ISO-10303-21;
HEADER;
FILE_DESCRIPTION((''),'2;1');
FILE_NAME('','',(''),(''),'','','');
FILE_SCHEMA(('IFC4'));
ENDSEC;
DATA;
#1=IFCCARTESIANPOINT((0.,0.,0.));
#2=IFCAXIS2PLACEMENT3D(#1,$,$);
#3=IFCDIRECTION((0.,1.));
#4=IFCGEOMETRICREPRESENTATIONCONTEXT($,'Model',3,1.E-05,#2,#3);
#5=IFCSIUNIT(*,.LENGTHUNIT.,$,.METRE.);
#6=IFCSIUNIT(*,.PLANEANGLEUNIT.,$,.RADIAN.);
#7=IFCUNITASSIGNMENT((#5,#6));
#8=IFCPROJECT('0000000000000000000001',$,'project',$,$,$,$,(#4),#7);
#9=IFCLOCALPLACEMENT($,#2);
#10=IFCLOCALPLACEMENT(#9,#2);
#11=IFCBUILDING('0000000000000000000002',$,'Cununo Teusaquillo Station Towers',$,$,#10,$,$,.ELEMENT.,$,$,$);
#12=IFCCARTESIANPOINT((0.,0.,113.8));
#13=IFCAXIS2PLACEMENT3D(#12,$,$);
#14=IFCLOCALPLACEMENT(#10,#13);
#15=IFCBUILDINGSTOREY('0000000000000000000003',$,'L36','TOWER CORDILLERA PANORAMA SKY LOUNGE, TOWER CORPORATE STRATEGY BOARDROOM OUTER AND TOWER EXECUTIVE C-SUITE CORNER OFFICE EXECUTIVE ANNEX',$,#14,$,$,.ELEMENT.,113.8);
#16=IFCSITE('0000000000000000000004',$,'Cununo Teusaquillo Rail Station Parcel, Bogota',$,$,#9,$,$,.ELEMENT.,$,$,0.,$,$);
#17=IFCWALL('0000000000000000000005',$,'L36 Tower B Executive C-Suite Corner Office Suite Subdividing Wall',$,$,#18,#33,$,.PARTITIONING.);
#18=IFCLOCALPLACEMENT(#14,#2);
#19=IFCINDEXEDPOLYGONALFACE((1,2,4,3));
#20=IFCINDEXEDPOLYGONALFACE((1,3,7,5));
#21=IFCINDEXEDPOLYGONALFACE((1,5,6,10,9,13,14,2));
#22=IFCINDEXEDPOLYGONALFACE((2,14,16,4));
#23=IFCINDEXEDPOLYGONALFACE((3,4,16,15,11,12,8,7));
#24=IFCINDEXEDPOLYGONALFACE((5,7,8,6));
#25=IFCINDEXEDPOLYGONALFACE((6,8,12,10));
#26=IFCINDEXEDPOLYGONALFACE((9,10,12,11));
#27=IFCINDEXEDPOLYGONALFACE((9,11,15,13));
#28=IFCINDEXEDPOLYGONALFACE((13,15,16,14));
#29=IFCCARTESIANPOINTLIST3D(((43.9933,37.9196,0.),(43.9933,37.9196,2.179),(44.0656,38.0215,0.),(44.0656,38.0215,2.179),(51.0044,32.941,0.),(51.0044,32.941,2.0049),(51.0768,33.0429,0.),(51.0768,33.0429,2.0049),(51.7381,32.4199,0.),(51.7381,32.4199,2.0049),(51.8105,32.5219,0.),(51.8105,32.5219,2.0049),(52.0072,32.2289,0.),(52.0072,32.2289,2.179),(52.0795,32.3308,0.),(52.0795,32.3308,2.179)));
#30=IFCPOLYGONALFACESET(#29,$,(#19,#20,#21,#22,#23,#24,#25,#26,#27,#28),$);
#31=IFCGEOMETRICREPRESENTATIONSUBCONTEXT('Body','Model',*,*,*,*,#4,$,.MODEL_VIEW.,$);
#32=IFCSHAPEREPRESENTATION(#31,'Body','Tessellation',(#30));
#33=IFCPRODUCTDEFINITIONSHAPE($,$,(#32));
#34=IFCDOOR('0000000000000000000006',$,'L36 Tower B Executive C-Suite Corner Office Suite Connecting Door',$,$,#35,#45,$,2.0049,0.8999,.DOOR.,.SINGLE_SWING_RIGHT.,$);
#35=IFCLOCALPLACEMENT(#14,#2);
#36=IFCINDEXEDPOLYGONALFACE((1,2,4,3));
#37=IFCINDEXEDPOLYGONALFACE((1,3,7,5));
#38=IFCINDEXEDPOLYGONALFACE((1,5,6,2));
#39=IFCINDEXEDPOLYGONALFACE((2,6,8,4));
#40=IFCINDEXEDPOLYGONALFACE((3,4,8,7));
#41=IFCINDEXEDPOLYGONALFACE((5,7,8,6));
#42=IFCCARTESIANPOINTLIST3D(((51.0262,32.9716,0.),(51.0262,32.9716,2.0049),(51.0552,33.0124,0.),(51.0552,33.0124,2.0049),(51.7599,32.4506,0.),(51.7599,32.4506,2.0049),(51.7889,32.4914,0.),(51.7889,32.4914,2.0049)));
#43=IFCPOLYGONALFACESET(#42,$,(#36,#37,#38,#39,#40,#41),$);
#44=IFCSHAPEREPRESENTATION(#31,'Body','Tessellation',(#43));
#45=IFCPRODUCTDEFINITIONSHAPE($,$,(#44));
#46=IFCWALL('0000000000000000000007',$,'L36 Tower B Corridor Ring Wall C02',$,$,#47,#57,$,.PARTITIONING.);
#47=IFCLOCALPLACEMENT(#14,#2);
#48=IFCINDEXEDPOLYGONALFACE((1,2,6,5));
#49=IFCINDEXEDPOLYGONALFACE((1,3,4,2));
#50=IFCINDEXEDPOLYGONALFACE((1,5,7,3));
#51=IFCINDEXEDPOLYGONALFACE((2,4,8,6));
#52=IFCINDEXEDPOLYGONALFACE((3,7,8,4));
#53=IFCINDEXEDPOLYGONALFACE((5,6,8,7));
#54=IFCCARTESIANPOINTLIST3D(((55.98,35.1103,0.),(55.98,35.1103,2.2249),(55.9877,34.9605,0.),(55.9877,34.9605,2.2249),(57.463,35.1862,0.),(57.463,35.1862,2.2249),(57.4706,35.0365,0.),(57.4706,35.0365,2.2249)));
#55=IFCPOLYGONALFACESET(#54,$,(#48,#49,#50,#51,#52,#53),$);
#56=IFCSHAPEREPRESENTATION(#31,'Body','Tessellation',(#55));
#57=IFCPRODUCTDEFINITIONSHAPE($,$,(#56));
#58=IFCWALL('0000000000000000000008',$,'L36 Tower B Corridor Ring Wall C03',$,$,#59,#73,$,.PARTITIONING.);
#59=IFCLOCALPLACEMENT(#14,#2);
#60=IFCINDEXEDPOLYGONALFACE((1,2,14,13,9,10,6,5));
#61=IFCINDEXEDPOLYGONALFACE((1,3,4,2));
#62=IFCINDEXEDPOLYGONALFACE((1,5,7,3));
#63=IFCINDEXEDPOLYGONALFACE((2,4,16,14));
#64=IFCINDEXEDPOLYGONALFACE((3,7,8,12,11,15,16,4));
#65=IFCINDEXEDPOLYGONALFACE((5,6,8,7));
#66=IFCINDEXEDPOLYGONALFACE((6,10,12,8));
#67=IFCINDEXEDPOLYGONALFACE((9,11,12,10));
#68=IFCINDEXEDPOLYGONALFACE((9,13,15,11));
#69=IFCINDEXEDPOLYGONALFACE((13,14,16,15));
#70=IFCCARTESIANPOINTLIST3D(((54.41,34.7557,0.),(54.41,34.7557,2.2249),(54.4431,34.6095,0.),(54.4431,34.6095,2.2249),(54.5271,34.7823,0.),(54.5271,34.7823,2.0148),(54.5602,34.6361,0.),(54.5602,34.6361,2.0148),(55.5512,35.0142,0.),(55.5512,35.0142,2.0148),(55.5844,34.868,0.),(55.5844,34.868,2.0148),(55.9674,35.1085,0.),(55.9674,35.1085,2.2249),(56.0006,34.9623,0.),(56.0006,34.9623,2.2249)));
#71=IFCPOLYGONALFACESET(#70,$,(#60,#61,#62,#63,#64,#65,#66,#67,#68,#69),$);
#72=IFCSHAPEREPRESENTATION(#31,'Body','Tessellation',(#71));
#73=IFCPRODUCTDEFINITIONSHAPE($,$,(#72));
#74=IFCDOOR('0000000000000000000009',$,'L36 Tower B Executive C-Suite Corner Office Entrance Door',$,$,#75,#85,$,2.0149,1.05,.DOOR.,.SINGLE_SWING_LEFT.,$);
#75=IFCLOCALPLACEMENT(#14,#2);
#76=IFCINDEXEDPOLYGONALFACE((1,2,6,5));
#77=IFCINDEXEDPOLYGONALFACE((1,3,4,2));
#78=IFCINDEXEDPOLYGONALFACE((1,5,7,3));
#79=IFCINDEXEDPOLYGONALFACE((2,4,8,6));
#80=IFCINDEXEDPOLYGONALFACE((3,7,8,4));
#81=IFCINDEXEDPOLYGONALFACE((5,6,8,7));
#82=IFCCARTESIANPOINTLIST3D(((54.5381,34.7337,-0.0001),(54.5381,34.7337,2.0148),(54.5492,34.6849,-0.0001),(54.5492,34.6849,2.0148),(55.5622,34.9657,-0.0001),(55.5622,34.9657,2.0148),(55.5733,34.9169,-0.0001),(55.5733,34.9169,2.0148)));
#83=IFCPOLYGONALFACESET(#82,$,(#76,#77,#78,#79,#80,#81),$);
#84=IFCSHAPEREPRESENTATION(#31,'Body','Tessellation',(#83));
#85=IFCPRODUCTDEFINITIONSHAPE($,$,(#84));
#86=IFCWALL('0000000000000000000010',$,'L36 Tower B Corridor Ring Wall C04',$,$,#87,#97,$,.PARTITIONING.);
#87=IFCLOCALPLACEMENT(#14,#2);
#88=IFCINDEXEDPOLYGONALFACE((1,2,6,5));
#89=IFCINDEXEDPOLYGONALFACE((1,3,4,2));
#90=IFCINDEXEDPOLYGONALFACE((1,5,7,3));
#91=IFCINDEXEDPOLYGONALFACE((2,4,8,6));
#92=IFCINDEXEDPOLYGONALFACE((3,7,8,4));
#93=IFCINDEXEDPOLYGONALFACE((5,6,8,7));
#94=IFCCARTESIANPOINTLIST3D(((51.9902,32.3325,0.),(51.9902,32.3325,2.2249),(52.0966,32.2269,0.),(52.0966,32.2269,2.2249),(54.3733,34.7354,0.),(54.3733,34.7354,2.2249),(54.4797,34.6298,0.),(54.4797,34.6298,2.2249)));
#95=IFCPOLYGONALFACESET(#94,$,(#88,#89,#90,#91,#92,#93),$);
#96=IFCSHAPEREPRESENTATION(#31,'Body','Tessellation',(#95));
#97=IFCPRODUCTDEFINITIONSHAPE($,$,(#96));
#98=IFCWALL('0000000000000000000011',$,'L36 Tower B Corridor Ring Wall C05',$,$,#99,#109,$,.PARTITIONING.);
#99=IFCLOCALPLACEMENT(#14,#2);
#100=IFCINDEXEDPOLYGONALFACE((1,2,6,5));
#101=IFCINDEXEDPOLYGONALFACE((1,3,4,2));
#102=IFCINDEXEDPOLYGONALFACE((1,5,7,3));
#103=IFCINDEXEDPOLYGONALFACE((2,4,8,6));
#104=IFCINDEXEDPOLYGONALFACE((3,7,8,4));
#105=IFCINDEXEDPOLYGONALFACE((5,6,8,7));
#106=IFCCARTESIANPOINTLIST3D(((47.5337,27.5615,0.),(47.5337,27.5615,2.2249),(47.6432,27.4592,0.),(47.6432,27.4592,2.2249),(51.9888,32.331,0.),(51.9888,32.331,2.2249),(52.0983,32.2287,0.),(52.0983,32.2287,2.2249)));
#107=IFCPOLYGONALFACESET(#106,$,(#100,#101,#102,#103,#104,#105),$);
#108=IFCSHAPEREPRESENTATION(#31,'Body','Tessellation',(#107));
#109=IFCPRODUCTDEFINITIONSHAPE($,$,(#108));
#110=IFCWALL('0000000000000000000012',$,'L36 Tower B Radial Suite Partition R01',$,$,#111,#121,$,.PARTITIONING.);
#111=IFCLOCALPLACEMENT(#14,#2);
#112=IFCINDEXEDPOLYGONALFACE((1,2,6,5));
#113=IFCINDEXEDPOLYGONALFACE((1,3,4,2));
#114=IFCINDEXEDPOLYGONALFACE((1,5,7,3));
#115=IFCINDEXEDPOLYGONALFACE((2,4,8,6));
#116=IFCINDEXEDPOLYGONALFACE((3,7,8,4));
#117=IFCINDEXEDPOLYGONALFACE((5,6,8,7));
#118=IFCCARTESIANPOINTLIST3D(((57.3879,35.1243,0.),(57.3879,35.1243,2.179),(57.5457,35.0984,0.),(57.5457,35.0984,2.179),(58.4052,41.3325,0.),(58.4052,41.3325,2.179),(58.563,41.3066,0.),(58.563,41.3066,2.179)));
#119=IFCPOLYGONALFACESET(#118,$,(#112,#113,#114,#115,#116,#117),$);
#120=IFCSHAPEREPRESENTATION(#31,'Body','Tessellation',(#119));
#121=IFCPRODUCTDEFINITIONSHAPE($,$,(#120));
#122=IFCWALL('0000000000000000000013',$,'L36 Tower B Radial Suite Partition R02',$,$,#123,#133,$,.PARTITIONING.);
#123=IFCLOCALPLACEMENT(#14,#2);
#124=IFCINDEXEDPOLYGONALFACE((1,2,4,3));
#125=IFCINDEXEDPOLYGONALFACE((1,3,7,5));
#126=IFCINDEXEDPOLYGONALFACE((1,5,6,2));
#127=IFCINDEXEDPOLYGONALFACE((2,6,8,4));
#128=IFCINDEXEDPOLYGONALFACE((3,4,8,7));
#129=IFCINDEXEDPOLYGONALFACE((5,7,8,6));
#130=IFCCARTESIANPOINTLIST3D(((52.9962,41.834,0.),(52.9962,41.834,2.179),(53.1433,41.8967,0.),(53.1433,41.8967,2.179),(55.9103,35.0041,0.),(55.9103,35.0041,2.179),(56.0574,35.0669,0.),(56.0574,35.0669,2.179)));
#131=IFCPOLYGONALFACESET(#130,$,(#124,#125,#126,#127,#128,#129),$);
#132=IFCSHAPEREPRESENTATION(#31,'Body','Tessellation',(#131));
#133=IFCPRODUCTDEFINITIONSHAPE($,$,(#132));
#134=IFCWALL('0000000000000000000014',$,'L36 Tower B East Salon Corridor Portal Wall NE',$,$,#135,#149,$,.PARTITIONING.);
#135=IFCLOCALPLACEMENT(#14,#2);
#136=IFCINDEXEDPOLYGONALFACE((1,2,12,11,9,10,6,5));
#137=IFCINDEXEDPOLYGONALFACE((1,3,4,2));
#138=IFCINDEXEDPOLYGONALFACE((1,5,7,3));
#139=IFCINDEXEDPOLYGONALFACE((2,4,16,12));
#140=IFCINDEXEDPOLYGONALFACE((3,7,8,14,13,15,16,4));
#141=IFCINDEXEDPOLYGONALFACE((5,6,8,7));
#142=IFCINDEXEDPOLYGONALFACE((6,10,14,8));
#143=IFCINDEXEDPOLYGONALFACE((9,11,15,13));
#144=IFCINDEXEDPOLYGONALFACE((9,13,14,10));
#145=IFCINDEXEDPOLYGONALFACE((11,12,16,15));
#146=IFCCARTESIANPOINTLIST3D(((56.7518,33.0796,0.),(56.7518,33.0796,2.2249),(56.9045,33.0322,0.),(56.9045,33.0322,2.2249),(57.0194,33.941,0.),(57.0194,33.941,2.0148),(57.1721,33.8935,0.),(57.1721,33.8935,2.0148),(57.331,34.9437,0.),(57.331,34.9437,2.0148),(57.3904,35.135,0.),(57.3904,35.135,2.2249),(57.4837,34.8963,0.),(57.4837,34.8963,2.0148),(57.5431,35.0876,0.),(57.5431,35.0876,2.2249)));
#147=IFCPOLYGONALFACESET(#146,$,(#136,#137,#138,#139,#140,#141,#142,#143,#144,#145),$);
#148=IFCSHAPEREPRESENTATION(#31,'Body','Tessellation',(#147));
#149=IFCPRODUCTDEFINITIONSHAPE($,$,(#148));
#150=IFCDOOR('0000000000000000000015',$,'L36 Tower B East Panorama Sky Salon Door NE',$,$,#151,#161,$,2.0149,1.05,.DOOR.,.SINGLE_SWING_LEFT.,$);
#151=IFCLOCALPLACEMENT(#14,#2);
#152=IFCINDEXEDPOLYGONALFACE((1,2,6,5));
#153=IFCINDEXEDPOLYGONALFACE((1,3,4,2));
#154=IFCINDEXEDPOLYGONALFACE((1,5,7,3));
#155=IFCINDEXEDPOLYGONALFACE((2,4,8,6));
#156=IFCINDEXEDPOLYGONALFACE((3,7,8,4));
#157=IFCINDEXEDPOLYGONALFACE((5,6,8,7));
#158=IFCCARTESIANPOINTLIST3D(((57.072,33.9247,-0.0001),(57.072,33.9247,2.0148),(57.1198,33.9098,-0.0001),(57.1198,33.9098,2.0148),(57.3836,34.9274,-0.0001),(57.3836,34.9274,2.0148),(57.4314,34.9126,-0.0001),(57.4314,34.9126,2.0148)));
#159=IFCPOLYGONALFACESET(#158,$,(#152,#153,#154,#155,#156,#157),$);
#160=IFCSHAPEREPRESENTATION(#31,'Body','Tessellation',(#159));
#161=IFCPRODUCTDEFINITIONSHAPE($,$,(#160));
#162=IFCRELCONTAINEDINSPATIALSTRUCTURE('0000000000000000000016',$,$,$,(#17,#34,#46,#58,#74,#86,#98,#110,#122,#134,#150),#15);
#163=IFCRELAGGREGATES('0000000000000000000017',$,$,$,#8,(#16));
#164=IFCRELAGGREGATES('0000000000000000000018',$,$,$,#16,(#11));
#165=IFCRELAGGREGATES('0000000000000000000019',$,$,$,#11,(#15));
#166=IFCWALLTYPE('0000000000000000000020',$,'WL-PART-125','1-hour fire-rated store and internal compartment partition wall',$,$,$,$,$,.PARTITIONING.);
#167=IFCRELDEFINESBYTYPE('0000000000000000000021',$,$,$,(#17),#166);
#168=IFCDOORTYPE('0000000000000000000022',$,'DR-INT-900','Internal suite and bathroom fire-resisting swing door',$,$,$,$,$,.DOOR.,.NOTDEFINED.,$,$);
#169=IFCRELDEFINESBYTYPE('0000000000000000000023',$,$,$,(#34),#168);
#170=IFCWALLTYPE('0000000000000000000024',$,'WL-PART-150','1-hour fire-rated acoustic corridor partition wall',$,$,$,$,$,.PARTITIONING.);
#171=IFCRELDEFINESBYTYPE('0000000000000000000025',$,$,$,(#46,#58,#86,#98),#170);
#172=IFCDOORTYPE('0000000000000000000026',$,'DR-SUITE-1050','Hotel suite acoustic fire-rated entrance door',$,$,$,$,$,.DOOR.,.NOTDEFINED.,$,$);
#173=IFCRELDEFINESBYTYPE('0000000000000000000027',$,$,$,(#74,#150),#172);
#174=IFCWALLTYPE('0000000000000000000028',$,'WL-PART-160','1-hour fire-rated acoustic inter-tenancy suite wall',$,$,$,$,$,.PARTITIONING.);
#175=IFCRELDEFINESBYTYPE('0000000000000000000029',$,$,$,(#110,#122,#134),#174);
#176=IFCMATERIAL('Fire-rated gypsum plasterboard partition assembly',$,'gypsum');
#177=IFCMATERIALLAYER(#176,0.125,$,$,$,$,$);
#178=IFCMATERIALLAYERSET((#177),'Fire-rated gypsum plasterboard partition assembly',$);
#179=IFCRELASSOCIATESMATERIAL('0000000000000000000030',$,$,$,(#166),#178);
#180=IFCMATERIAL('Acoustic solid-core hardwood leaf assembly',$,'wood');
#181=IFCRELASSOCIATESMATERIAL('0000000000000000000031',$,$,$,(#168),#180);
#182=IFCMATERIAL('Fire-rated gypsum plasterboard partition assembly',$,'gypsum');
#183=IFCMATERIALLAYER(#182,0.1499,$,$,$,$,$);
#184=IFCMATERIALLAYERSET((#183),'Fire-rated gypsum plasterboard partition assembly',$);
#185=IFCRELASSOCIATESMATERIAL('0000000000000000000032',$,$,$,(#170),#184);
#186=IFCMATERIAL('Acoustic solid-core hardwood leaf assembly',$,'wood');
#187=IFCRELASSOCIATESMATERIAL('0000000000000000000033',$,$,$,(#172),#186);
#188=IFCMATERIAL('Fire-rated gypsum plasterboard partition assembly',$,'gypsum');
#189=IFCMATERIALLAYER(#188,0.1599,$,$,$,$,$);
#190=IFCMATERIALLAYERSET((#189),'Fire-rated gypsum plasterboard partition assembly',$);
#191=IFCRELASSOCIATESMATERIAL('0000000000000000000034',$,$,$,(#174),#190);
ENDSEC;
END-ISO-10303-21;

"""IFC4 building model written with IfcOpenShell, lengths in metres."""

from ifc_helpers import new_model, si_unit, direction, frame, frame_2d, origin, place, context, subcontext, project, spatial, rectangle, extrude, source, transform, mapped, material, layer, layer_set, type_object, element, fill, save


model = new_model("IFC4")

# Units and contexts
model_context = context("Model", 3, precision=1e-05, world=origin(), true_north=direction((0.0, 1.0)))
body_context = subcontext(model_context, "Body", "Model", "MODEL_VIEW")
ifc_project = project(units=[si_unit("LENGTHUNIT", "METRE"), si_unit("PLANEANGLEUNIT", "RADIAN")], contexts=[model_context])

# Site, building, storey
site_placement = place(None, origin())
site = spatial("IfcSite", under=ifc_project, at=site_placement, Name="Cununo Teusaquillo Rail Station Parcel, Bogota", CompositionType="ELEMENT", RefElevation=0.0)
building_placement = place(site_placement, origin())
building = spatial("IfcBuilding", under=site, at=building_placement, Name="Cununo Teusaquillo Station Towers", CompositionType="ELEMENT")
storey_placement = place(building_placement, frame((0.0, 0.0, 113.8)))
storey = spatial("IfcBuildingStorey", under=building, at=storey_placement, Name="L36", Description="TOWER CORDILLERA PANORAMA SKY LOUNGE, TOWER CORPORATE STRATEGY BOARDROOM OUTER AND TOWER EXECUTIVE C-SUITE CORNER OFFICE EXECUTIVE ANNEX", CompositionType="ELEMENT", Elevation=113.8)

# Wall, opening, door
ifc_material_1 = material(Name="Fire-rated gypsum plasterboard partition assembly", Category="gypsum")
ifc_layer_1 = layer(ifc_material_1, 0.125)
ifc_layer_set_1 = layer_set([ifc_layer_1], Name="Fire-rated gypsum plasterboard partition assembly")
wall_type_1 = type_object("IfcWallType", Name="WL-PART-125", Description="1-hour fire-rated store and internal compartment partition wall", PredefinedType="PARTITIONING", material=ifc_layer_set_1)
wall_1_placement = place(storey_placement, frame((52.0435, 32.2798, 0.0), z_axis=(0.0, 0.0, 1.0), x_axis=(-0.815345, 0.578976, 0.0)))
wall_1 = element("IfcWall", 1, at=wall_1_placement, inside=storey, type_object=wall_type_1, Name="L36 Tower B Executive C-Suite Corner Office Suite Subdividing Wall", PredefinedType="PARTITIONING", context=body_context, shape_type="SweptSolid", body=[
    extrude(rectangle(XDim=9.8289, YDim=0.125, at=frame_2d((4.9146, 0.0))), origin(), (0.0, 0.0, 1.0), 2.179),
])
shared_shape_1 = source(origin(), body_context, "Body", "SweptSolid", [
    extrude(rectangle(XDim=0.8999, YDim=2.0049, at=frame_2d((0.45, 1.0024))), frame((0.0, 0.0725, 0.0), z_axis=(0.0, -1.0, 0.0), x_axis=(1.0, 0.0, 0.0)), (0.0, 0.0, 1.0), 0.145),
])
opening_1_placement = place(wall_1_placement, frame((0.3301, 0.0, 0.0)))
opening_1 = element("IfcOpeningElement", 2, at=opening_1_placement, cuts=wall_1, PredefinedType="OPENING", context=body_context, shape_type="MappedRepresentation", body=[
    mapped(shared_shape_1, transform((0.0, 0.0, 0.0), x_axis=(1.0, 0.0, 0.0), y_axis=(0.0, 1.0, 0.0), z_axis=(0.0, 0.0, 1.0), scale=1.0)),
])
ifc_material_2 = material(Name="Acoustic solid-core hardwood leaf assembly", Category="wood")
door_type_1 = type_object("IfcDoorType", Name="DR-INT-900", Description="Internal suite and bathroom fire-resisting swing door", OperationType="NOTDEFINED", PredefinedType="DOOR", material=ifc_material_2)
shared_shape_2 = source(origin(), body_context, "Body", "SweptSolid", [
    extrude(rectangle(XDim=0.8999, YDim=2.0049, at=frame_2d((0.45, 1.0024))), frame((0.0, 0.0249, 0.0), z_axis=(0.0, -1.0, 0.0), x_axis=(1.0, 0.0, 0.0)), (0.0, 0.0, 1.0), 0.05),
])
door_1_placement = place(opening_1_placement, origin())
door_1 = element("IfcDoor", 3, at=door_1_placement, inside=storey, type_object=door_type_1, Name="L36 Tower B Executive C-Suite Corner Office Suite Connecting Door", OperationType="SINGLE_SWING_RIGHT", OverallHeight=2.0049, OverallWidth=0.8999, PredefinedType="DOOR", context=body_context, shape_type="MappedRepresentation", body=[
    mapped(shared_shape_2, transform((0.0, 0.0, 0.0), x_axis=(1.0, 0.0, 0.0), y_axis=(0.0, 1.0, 0.0), z_axis=(0.0, 0.0, 1.0), scale=1.0)),
])
fill(opening_1, door_1)

# Wall
ifc_material_3 = material(Name="Fire-rated gypsum plasterboard partition assembly", Category="gypsum")
ifc_layer_2 = layer(ifc_material_3, 0.1499)
ifc_layer_set_2 = layer_set([ifc_layer_2], Name="Fire-rated gypsum plasterboard partition assembly")
wall_type_2 = type_object("IfcWallType", Name="WL-PART-150", Description="1-hour fire-rated acoustic corridor partition wall", PredefinedType="PARTITIONING", material=ifc_layer_set_2)
wall_2_placement = place(storey_placement, frame((57.4668, 35.1113, 0.0), z_axis=(0.0, 0.0, 1.0), x_axis=(-0.998692, -0.051135, 0.0)))
element("IfcWall", 4, at=wall_2_placement, inside=storey, type_object=wall_type_2, Name="L36 Tower B Corridor Ring Wall C02", PredefinedType="PARTITIONING", context=body_context, shape_type="SweptSolid", body=[
    extrude(rectangle(XDim=1.4849, YDim=0.1499, at=frame_2d((0.7424, 0.0))), origin(), (0.0, 0.0, 1.0), 2.2249),
])

# Wall, opening, door
wall_3_placement = place(storey_placement, frame((55.9839, 35.0354, 0.0), z_axis=(0.0, 0.0, 1.0), x_axis=(-0.97529, -0.220927, 0.0)))
wall_3 = element("IfcWall", 5, at=wall_3_placement, inside=storey, type_object=wall_type_2, Name="L36 Tower B Corridor Ring Wall C03", PredefinedType="PARTITIONING", context=body_context, shape_type="SweptSolid", body=[
    extrude(rectangle(XDim=1.5969, YDim=0.1499, at=frame_2d((0.7983, 0.0))), origin(), (0.0, 0.0, 1.0), 2.2249),
])
shared_shape_3 = source(origin(), body_context, "Body", "SweptSolid", [
    extrude(rectangle(XDim=1.05, YDim=2.0149, at=frame_2d((0.5249, 1.0073))), frame((0.0, 0.085, 0.0), z_axis=(0.0, -1.0, 0.0), x_axis=(1.0, 0.0, 0.0)), (0.0, 0.0, 1.0), 0.1699),
])
opening_2_placement = place(wall_3_placement, frame((0.4268, 0.0, 0.0)))
opening_2 = element("IfcOpeningElement", 6, at=opening_2_placement, cuts=wall_3, PredefinedType="OPENING", context=body_context, shape_type="MappedRepresentation", body=[
    mapped(shared_shape_3, transform((0.0, 0.0, 0.0), x_axis=(1.0, 0.0, 0.0), y_axis=(0.0, 1.0, 0.0), z_axis=(0.0, 0.0, 1.0), scale=1.0)),
])
ifc_material_4 = material(Name="Acoustic solid-core hardwood leaf assembly", Category="wood")
door_type_2 = type_object("IfcDoorType", Name="DR-SUITE-1050", Description="Hotel suite acoustic fire-rated entrance door", OperationType="NOTDEFINED", PredefinedType="DOOR", material=ifc_material_4)
shared_shape_4 = source(origin(), body_context, "Body", "SweptSolid", [
    extrude(rectangle(XDim=1.05, YDim=2.0149, at=frame_2d((0.5249, 1.0073))), frame((0.0, 0.0249, 0.0), z_axis=(0.0, -1.0, 0.0), x_axis=(1.0, 0.0, 0.0)), (0.0, 0.0, 1.0), 0.05),
])
door_2_placement = place(opening_2_placement, origin())
door_2 = element("IfcDoor", 7, at=door_2_placement, inside=storey, type_object=door_type_2, Name="L36 Tower B Executive C-Suite Corner Office Entrance Door", OperationType="SINGLE_SWING_LEFT", OverallHeight=2.0149, OverallWidth=1.05, PredefinedType="DOOR", context=body_context, shape_type="MappedRepresentation", body=[
    mapped(shared_shape_4, transform((0.0, 0.0, 0.0), x_axis=(1.0, 0.0, 0.0), y_axis=(0.0, 1.0, 0.0), z_axis=(0.0, 0.0, 1.0), scale=1.0)),
])
fill(opening_2, door_2)

# Walls
wall_4_placement = place(storey_placement, frame((54.4265, 34.6826, 0.0), z_axis=(0.0, 0.0, 1.0), x_axis=(-0.704179, -0.710022, 0.0)))
element("IfcWall", 8, at=wall_4_placement, inside=storey, type_object=wall_type_2, Name="L36 Tower B Corridor Ring Wall C04", PredefinedType="PARTITIONING", context=body_context, shape_type="SweptSolid", body=[
    extrude(rectangle(XDim=3.3843, YDim=0.1499, at=frame_2d((1.6921, 0.0))), origin(), (0.0, 0.0, 1.0), 2.2249),
])
wall_5_placement = place(storey_placement, frame((52.0435, 32.2798, 0.0), z_axis=(0.0, 0.0, 1.0), x_axis=(-0.682606, -0.730787, 0.0)))
element("IfcWall", 9, at=wall_5_placement, inside=storey, type_object=wall_type_2, Name="L36 Tower B Corridor Ring Wall C05", PredefinedType="PARTITIONING", context=body_context, shape_type="SweptSolid", body=[
    extrude(rectangle(XDim=6.5266, YDim=0.1499, at=frame_2d((3.2632, 0.0))), origin(), (0.0, 0.0, 1.0), 2.2249),
])
ifc_material_5 = material(Name="Fire-rated gypsum plasterboard partition assembly", Category="gypsum")
ifc_layer_3 = layer(ifc_material_5, 0.1599)
ifc_layer_set_3 = layer_set([ifc_layer_3], Name="Fire-rated gypsum plasterboard partition assembly")
wall_type_3 = type_object("IfcWallType", Name="WL-PART-160", Description="1-hour fire-rated acoustic inter-tenancy suite wall", PredefinedType="PARTITIONING", material=ifc_layer_set_3)
wall_6_placement = place(storey_placement, frame((57.4668, 35.1113, 0.0), z_axis=(0.0, 0.0, 1.0), x_axis=(0.161711, 0.986838, 0.0)))
element("IfcWall", 10, at=wall_6_placement, inside=storey, type_object=wall_type_3, Name="L36 Tower B Radial Suite Partition R01", PredefinedType="PARTITIONING", context=body_context, shape_type="SweptSolid", body=[
    extrude(rectangle(XDim=6.291, YDim=0.1599, at=frame_2d((3.1455, 0.0))), origin(), (0.0, 0.0, 1.0), 2.179),
])
wall_7_placement = place(storey_placement, frame((55.9839, 35.0354, 0.0), z_axis=(0.0, 0.0, 1.0), x_axis=(-0.392439, 0.919778, 0.0)))
element("IfcWall", 11, at=wall_7_placement, inside=storey, type_object=wall_type_3, Name="L36 Tower B Radial Suite Partition R02", PredefinedType="PARTITIONING", context=body_context, shape_type="SweptSolid", body=[
    extrude(rectangle(XDim=7.4255, YDim=0.1599, at=frame_2d((3.7129, 0.0))), origin(), (0.0, 0.0, 1.0), 2.179),
])

# Wall, opening, door
wall_8_placement = place(storey_placement, frame((56.8281, 33.0559, 0.0), z_axis=(0.0, 0.0, 1.0), x_axis=(0.296731, 0.954961, 0.0)))
wall_8 = element("IfcWall", 12, at=wall_8_placement, inside=storey, type_object=wall_type_3, Name="L36 Tower B East Salon Corridor Portal Wall NE", PredefinedType="PARTITIONING", context=body_context, shape_type="SweptSolid", body=[
    extrude(rectangle(XDim=2.1523, YDim=0.1599, at=frame_2d((1.0762, 0.0))), origin(), (0.0, 0.0, 1.0), 2.2249),
])
shared_shape_5 = source(origin(), body_context, "Body", "SweptSolid", [
    extrude(rectangle(XDim=1.05, YDim=2.0149, at=frame_2d((0.5249, 1.0073))), frame((0.0, 0.0898, 0.0), z_axis=(0.0, -1.0, 0.0), x_axis=(1.0, 0.0, 0.0)), (0.0, 0.0, 1.0), 0.1799),
])
opening_3_placement = place(wall_8_placement, frame((0.9021, 0.0, 0.0)))
opening_3 = element("IfcOpeningElement", 13, at=opening_3_placement, cuts=wall_8, PredefinedType="OPENING", context=body_context, shape_type="MappedRepresentation", body=[
    mapped(shared_shape_5, transform((0.0, 0.0, 0.0), x_axis=(1.0, 0.0, 0.0), y_axis=(0.0, 1.0, 0.0), z_axis=(0.0, 0.0, 1.0), scale=1.0)),
])
door_3_placement = place(opening_3_placement, origin())
door_3 = element("IfcDoor", 14, at=door_3_placement, inside=storey, type_object=door_type_2, Name="L36 Tower B East Panorama Sky Salon Door NE", OperationType="SINGLE_SWING_LEFT", OverallHeight=2.0149, OverallWidth=1.05, PredefinedType="DOOR", context=body_context, shape_type="MappedRepresentation", body=[
    mapped(shared_shape_4, transform((0.0, 0.0, 0.0), x_axis=(1.0, 0.0, 0.0), y_axis=(0.0, 1.0, 0.0), z_axis=(0.0, 0.0, 1.0), scale=1.0)),
])
fill(opening_3, door_3)

save(model, "model.ifc")
